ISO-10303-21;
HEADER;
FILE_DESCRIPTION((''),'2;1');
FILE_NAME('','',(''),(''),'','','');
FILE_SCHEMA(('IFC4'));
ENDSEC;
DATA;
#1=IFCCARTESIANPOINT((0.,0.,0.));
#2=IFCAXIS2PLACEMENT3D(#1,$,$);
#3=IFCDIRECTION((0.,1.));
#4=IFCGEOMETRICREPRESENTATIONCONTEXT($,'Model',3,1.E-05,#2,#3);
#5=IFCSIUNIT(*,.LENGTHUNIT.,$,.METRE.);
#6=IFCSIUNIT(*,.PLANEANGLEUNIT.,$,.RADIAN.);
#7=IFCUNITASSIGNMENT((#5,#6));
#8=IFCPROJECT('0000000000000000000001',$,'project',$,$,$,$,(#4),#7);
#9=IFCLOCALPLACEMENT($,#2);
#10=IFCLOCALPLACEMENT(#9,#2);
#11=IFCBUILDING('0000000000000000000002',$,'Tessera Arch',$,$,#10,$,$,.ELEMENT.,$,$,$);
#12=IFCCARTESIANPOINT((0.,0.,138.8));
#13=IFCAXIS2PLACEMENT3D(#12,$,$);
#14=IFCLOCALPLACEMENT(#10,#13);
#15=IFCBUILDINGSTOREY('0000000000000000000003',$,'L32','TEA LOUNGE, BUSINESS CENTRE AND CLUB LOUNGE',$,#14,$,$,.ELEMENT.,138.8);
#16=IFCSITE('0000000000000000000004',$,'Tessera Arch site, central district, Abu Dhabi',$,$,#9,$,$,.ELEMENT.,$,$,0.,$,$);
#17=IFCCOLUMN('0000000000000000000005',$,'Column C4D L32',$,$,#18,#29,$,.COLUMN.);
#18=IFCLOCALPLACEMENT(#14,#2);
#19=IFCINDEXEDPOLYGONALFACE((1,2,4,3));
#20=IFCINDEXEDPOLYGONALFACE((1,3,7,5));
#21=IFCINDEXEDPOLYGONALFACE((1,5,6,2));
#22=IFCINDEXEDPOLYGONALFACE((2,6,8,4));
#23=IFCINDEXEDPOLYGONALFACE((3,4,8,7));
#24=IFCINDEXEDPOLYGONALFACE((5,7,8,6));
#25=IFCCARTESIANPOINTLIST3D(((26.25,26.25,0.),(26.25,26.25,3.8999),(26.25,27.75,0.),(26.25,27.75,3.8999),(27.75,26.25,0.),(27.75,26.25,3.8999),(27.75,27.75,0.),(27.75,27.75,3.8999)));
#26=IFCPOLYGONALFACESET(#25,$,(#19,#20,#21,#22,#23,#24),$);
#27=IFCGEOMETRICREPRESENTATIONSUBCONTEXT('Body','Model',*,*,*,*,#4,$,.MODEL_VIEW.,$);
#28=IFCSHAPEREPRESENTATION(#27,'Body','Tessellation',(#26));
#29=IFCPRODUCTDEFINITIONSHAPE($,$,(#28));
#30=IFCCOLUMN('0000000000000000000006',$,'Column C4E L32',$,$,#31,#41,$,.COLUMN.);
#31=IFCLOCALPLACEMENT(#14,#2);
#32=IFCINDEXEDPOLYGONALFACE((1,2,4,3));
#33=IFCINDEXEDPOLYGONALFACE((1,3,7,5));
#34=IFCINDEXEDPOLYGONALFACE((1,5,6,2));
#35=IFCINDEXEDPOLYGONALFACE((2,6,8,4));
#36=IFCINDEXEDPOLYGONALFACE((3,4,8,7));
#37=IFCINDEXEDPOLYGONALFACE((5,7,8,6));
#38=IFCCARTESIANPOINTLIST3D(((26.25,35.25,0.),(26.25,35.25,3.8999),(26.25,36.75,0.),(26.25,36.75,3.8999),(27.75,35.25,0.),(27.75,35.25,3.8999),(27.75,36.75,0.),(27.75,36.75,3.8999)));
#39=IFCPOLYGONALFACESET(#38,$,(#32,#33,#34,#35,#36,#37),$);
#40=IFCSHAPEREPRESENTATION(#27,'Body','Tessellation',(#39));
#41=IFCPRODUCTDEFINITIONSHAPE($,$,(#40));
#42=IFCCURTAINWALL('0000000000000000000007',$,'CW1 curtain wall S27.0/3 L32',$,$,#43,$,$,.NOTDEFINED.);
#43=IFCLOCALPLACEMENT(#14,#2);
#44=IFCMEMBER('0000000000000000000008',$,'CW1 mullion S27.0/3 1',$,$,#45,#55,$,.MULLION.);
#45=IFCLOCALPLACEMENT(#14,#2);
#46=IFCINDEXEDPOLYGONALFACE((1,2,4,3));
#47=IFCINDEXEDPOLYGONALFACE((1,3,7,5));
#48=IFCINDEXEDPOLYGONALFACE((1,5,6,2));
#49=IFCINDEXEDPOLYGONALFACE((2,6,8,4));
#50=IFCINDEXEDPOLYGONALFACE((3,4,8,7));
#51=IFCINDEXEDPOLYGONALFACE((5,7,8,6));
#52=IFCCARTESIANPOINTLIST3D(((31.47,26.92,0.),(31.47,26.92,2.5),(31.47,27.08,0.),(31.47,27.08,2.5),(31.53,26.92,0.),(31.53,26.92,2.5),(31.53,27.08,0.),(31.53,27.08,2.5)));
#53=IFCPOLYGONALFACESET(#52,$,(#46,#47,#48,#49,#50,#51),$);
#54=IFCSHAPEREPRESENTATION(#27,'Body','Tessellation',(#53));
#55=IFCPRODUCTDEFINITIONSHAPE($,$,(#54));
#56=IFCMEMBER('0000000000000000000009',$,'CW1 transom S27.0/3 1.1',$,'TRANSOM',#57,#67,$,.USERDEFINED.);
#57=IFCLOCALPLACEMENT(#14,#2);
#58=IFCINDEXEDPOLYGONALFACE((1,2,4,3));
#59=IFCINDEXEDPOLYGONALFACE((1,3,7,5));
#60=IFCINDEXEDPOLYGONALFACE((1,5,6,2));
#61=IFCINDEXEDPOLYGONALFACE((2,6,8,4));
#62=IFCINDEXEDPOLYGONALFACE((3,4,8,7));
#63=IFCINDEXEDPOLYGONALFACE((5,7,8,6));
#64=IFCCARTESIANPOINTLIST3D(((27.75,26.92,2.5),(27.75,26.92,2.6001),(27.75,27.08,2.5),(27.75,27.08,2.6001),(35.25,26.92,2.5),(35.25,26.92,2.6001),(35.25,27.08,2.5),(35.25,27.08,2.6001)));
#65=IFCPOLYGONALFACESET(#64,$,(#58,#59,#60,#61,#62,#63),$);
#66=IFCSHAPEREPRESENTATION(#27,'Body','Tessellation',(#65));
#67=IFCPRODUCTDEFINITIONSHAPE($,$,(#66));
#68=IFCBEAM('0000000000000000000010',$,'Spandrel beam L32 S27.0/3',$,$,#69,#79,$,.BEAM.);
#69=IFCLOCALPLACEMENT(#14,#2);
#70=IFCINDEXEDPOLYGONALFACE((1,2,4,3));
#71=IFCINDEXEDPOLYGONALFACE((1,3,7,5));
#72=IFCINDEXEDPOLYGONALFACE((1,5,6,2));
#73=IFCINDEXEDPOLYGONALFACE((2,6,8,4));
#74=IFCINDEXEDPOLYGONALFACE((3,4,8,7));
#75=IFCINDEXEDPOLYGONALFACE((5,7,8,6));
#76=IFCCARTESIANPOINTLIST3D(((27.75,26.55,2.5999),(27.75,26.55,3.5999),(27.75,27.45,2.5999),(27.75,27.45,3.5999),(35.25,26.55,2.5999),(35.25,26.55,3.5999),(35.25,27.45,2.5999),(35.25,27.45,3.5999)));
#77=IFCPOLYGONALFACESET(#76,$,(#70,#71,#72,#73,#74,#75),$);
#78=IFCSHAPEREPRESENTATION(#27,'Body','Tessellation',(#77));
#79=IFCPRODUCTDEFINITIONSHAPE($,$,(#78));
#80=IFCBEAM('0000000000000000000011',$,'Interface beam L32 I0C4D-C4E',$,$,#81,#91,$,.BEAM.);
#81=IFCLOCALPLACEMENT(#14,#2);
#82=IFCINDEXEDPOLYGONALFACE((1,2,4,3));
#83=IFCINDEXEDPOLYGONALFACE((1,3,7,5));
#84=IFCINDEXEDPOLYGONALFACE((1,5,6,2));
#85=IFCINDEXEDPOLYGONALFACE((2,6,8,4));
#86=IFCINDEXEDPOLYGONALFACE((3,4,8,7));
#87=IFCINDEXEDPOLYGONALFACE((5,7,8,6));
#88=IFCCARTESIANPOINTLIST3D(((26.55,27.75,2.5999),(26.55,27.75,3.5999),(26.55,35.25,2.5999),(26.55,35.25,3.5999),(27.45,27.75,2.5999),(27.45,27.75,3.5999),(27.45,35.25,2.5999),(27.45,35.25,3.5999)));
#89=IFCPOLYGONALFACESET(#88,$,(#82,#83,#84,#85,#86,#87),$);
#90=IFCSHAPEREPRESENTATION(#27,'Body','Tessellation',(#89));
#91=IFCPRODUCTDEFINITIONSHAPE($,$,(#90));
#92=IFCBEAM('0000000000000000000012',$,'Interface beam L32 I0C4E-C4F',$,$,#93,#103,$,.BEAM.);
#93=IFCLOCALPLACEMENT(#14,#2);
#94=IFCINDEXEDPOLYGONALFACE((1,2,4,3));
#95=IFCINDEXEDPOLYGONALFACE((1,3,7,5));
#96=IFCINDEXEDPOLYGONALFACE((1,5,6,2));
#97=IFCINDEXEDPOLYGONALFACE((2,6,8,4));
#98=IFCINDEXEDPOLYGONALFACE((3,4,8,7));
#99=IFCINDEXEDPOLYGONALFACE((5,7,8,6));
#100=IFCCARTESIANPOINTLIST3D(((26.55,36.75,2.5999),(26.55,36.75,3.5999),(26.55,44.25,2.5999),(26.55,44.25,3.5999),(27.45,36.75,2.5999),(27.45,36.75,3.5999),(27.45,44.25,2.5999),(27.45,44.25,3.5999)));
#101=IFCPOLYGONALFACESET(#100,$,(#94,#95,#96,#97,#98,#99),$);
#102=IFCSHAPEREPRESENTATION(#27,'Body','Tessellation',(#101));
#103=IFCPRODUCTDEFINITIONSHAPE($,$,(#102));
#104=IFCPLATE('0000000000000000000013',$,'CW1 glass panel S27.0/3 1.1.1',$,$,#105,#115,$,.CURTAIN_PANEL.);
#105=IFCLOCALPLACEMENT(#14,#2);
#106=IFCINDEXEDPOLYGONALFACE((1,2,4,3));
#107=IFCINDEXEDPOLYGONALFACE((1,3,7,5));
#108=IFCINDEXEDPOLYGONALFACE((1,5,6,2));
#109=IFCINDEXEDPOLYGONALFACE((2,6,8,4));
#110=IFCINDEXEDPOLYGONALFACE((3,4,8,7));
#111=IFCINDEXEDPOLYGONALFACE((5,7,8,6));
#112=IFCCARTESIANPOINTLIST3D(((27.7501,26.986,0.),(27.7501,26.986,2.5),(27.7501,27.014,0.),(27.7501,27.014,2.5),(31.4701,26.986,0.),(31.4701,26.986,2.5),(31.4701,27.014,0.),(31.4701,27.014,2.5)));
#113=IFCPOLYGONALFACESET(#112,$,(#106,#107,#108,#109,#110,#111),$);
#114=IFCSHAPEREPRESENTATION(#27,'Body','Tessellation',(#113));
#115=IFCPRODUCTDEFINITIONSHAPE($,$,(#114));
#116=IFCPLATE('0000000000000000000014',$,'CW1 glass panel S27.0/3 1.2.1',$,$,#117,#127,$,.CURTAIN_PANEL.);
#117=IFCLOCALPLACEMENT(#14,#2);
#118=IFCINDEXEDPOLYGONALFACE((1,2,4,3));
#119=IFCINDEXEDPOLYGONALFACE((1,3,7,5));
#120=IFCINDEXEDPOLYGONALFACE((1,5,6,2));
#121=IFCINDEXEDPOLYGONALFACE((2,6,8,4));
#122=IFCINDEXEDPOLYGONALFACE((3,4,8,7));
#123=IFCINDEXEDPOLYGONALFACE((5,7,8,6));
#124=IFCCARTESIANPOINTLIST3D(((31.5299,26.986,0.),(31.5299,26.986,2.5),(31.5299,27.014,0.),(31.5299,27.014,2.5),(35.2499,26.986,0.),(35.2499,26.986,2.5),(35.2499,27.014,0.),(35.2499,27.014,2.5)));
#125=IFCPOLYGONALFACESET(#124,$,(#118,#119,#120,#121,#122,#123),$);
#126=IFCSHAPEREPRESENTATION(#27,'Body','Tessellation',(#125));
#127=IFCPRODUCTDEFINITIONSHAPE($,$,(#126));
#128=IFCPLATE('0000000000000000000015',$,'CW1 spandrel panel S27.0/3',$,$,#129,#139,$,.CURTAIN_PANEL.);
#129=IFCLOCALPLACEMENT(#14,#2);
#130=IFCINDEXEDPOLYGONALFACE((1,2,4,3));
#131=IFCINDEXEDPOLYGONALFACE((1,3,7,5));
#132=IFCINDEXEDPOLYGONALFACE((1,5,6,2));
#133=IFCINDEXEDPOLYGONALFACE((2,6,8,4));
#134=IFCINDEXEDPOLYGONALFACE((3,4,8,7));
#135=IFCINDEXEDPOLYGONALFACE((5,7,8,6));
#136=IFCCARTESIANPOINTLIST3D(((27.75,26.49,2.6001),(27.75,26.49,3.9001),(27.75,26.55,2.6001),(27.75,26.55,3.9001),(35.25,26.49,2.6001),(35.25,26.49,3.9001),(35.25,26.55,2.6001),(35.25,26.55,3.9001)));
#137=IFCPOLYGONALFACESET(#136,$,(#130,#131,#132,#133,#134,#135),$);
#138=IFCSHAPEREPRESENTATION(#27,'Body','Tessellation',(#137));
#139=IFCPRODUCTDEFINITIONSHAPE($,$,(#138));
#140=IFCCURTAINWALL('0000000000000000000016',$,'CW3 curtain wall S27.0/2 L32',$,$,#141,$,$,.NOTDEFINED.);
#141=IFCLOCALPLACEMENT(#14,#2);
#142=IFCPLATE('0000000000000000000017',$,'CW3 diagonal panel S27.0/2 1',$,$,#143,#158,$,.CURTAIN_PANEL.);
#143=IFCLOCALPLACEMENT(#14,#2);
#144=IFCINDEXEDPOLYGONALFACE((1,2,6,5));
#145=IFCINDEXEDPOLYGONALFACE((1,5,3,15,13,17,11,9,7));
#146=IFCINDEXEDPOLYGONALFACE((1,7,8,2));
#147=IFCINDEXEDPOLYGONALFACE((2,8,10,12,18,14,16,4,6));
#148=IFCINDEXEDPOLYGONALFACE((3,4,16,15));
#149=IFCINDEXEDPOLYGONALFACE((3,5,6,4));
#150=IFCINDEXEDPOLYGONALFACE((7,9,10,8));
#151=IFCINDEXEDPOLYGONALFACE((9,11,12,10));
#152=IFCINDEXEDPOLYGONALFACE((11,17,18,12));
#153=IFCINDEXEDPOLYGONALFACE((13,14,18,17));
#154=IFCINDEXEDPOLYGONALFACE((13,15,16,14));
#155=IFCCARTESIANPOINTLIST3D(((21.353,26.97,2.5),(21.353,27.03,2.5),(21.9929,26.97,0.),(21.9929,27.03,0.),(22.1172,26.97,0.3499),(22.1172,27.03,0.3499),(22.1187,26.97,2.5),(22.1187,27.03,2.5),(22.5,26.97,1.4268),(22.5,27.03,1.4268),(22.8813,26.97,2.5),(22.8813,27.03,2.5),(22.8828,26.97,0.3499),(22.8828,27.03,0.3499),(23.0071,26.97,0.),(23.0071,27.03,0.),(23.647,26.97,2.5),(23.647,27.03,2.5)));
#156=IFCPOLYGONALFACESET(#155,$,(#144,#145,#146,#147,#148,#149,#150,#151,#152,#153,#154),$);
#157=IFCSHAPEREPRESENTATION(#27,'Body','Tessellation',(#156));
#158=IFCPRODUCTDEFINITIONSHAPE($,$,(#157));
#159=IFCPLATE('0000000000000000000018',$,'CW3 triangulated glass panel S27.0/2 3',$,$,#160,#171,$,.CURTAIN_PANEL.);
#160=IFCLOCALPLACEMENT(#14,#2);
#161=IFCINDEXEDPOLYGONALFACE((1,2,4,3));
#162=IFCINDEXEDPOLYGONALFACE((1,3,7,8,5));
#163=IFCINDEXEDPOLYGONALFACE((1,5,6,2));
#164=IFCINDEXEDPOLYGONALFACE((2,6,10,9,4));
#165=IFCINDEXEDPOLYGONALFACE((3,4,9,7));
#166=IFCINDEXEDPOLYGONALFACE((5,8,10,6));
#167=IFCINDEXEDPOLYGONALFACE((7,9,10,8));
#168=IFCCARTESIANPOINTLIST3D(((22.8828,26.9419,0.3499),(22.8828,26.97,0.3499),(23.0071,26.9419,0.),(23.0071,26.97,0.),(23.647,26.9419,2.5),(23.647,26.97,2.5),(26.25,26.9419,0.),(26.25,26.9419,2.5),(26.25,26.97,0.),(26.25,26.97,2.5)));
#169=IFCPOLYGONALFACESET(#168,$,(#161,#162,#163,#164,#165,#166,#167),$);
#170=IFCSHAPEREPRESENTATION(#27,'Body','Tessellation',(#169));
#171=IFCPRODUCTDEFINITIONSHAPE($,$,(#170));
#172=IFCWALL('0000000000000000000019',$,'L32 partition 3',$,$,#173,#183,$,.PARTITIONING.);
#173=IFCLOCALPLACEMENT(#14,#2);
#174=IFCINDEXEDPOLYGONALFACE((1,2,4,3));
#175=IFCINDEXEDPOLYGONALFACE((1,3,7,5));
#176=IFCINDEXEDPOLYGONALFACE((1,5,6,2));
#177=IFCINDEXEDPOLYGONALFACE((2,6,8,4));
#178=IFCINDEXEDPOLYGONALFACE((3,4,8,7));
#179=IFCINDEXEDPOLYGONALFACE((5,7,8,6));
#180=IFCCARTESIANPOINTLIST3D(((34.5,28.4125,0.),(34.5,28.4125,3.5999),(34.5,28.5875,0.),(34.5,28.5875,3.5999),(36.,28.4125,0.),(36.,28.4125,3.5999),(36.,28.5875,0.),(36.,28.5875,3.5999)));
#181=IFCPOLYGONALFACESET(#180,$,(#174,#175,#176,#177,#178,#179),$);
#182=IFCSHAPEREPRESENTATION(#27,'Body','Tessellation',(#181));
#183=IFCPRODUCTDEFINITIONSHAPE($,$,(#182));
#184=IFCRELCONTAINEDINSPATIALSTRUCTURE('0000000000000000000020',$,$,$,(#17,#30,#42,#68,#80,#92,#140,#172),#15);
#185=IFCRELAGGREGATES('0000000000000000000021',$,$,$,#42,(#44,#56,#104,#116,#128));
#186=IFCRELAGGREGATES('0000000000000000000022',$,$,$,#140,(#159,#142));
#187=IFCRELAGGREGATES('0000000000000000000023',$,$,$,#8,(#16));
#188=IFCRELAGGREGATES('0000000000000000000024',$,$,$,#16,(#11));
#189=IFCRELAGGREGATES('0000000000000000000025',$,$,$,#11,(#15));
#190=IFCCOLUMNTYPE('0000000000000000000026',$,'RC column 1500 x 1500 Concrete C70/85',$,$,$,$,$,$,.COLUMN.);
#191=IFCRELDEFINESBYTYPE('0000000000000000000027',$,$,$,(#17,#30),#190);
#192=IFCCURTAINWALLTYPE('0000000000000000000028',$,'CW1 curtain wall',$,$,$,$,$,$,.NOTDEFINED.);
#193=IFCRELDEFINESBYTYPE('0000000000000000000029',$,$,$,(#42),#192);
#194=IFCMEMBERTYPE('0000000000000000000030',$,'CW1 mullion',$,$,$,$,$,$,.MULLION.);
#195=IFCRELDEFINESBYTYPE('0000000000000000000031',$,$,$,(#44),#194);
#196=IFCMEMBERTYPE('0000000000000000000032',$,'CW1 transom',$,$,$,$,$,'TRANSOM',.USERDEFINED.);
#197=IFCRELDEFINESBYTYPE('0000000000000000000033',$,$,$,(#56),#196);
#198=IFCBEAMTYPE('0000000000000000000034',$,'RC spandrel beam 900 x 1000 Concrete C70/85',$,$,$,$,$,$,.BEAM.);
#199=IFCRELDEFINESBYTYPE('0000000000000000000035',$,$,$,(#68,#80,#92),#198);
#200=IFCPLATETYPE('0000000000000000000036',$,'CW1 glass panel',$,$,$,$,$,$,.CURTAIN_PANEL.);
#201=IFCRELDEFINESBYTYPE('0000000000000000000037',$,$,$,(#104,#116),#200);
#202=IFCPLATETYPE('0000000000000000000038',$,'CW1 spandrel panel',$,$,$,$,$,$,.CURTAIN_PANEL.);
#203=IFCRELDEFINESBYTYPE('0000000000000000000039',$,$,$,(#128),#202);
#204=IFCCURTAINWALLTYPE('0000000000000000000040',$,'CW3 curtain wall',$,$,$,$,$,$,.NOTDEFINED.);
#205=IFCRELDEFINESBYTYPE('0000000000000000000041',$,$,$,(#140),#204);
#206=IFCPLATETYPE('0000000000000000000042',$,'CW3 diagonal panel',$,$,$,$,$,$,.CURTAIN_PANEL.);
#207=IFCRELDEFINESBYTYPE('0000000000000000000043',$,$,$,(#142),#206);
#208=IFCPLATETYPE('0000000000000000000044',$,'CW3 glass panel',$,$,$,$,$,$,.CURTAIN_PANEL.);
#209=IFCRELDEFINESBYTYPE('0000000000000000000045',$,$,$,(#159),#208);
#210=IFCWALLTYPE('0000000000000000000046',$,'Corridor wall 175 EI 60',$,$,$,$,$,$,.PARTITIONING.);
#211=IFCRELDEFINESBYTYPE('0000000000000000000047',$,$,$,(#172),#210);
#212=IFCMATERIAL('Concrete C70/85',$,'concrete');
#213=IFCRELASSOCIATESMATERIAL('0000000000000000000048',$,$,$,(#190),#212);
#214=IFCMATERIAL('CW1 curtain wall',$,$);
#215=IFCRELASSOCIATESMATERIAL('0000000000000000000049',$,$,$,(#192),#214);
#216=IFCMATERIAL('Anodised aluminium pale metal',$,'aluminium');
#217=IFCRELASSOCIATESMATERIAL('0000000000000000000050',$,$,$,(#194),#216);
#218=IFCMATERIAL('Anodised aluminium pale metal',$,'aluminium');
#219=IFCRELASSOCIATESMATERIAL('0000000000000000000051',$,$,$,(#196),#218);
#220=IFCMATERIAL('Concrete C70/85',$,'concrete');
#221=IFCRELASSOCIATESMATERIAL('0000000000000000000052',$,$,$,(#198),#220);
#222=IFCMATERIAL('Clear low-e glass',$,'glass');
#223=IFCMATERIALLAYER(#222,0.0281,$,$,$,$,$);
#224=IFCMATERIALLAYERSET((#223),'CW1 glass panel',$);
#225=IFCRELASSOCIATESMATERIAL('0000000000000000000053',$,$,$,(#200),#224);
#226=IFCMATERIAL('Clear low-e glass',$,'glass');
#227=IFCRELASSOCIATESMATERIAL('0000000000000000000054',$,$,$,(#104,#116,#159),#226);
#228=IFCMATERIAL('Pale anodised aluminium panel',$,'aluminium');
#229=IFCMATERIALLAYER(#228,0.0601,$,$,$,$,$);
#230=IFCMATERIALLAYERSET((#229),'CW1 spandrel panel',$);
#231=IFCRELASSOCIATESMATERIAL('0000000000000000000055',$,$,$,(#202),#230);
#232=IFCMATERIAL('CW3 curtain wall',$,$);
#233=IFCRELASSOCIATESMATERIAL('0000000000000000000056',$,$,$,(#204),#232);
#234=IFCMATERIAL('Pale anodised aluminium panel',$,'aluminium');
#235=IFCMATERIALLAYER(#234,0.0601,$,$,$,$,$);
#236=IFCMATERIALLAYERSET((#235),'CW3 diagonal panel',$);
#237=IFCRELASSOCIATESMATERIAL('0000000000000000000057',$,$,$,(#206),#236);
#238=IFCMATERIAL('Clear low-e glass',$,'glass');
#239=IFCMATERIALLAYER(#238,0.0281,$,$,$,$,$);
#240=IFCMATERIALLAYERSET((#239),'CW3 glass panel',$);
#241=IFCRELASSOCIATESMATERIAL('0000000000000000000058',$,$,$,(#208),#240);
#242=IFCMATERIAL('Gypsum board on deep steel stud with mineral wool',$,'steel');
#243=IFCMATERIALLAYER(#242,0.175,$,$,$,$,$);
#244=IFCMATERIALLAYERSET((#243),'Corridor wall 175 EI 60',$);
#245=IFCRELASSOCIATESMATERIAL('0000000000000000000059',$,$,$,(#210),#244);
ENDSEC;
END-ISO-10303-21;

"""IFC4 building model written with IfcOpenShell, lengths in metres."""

from ifc_helpers import new_model, si_unit, direction, frame, frame_2d, origin, origin_2d, place, context, subcontext, project, spatial, polyline, rectangle, outline, extrude, material, layer, layer_set, material_profile, profile_set, type_object, element, aggregate, save


model = new_model("IFC4")

# Units and contexts
model_context = context("Model", 3, precision=1e-05, world=origin(), true_north=direction((0.0, 1.0)))
body_context = subcontext(model_context, "Body", "Model", "MODEL_VIEW")
ifc_project = project(units=[si_unit("LENGTHUNIT", "METRE"), si_unit("PLANEANGLEUNIT", "RADIAN")], contexts=[model_context])

# Site, building, storey
site_placement = place(None, origin())
site = spatial("IfcSite", under=ifc_project, at=site_placement, Name="Tessera Arch site, central district, Abu Dhabi", CompositionType="ELEMENT", RefElevation=0.0)
building_placement = place(site_placement, origin())
building = spatial("IfcBuilding", under=site, at=building_placement, Name="Tessera Arch", CompositionType="ELEMENT")
storey_placement = place(building_placement, frame((0.0, 0.0, 138.8)))
storey = spatial("IfcBuildingStorey", under=building, at=storey_placement, Name="L32", Description="TEA LOUNGE, BUSINESS CENTRE AND CLUB LOUNGE", CompositionType="ELEMENT", Elevation=138.8)

# Columns
ifc_material_1 = material(Name="Concrete C70/85", Category="concrete")
ifc_material_profile_1 = material_profile(ifc_material_1, rectangle(XDim=1.5, YDim=1.5, at=origin_2d()), Name="RC column 1500 x 1500 Concrete C70/85")
ifc_profile_set_1 = profile_set([ifc_material_profile_1], Name="Concrete C70/85")
column_type = type_object("IfcColumnType", Name="RC column 1500 x 1500 Concrete C70/85", PredefinedType="COLUMN", material=ifc_profile_set_1)
for number, where, z_axis, x_axis, name in (
    (1, (27.0, 27.0, 0.0), (0.0, 0.0, 1.0), (1.0, 0.0, 0.0), "Column C4D L32"),
    (2, (27.0, 36.0, 0.0), (0.0, 0.0, 1.0), (1.0, 0.0, 0.0), "Column C4E L32"),
):
    element("IfcColumn", number, at=place(storey_placement, frame(where, z_axis=z_axis, x_axis=x_axis)), inside=storey, type_object=column_type, Name=name, PredefinedType="COLUMN", context=body_context, shape_type="SweptSolid", body=[
        extrude(rectangle(XDim=1.5, YDim=1.5, at=origin_2d()), origin(), (0.0, 0.0, 1.0), 3.8999),
    ])

# Curtain wall, members
ifc_material_2 = material(Name="CW1 curtain wall")
curtain_wall_type_1 = type_object("IfcCurtainWallType", Name="CW1 curtain wall", PredefinedType="NOTDEFINED", material=ifc_material_2)
curtain_wall_1_placement = place(storey_placement, origin())
curtain_wall_1 = element("IfcCurtainWall", 3, at=curtain_wall_1_placement, inside=storey, type_object=curtain_wall_type_1, Name="CW1 curtain wall S27.0/3 L32", PredefinedType="NOTDEFINED")
ifc_material_3 = material(Name="Anodised aluminium pale metal", Category="aluminium")
ifc_material_profile_2 = material_profile(ifc_material_3, rectangle(XDim=0.1599, YDim=0.0601, at=origin_2d()), Name="AL 60x160")
ifc_profile_set_2 = profile_set([ifc_material_profile_2], Name="Anodised aluminium pale metal")
member_type_1 = type_object("IfcMemberType", Name="CW1 mullion", PredefinedType="MULLION", material=ifc_profile_set_2)
member_1_placement = place(storey_placement, frame((31.5, 27.0, 0.0), z_axis=(0.0, 0.0, 1.0), x_axis=(0.0, 1.0, 0.0)))
member_1 = element("IfcMember", 4, at=member_1_placement, type_object=member_type_1, Name="CW1 mullion S27.0/3 1", PredefinedType="MULLION", context=body_context, shape_type="SweptSolid", body=[
    extrude(rectangle(XDim=0.1599, YDim=0.0601, at=origin_2d()), origin(), (0.0, 0.0, 1.0), 2.5),
])
ifc_material_4 = material(Name="Anodised aluminium pale metal", Category="aluminium")
ifc_material_profile_3 = material_profile(ifc_material_4, rectangle(XDim=0.1599, YDim=0.1001, at=origin_2d()), Name="AL 160x100")
ifc_profile_set_3 = profile_set([ifc_material_profile_3], Name="Anodised aluminium pale metal")
member_type_2 = type_object("IfcMemberType", Name="CW1 transom", ElementType="TRANSOM", PredefinedType="USERDEFINED", material=ifc_profile_set_3)
member_2_placement = place(storey_placement, frame((27.75, 27.0, 2.55), z_axis=(1.0, 0.0, 0.0), x_axis=(0.0, 1.0, 0.0)))
member_2 = element("IfcMember", 5, at=member_2_placement, type_object=member_type_2, Name="CW1 transom S27.0/3 1.1", ObjectType="TRANSOM", PredefinedType="USERDEFINED", context=body_context, shape_type="SweptSolid", body=[
    extrude(rectangle(XDim=0.1599, YDim=0.1001, at=origin_2d()), origin(), (0.0, 0.0, 1.0), 7.5),
])

# Beams
ifc_material_5 = material(Name="Concrete C70/85", Category="concrete")
ifc_material_profile_4 = material_profile(ifc_material_5, rectangle(XDim=0.8999, YDim=1.0, at=origin_2d()), Name="RC spandrel beam 900 x 1000 Concrete C70/85")
ifc_profile_set_4 = profile_set([ifc_material_profile_4], Name="Concrete C70/85")
beam_type = type_object("IfcBeamType", Name="RC spandrel beam 900 x 1000 Concrete C70/85", PredefinedType="BEAM", material=ifc_profile_set_4)
for number, where, z_axis, x_axis, name in (
    (6, (27.75, 27.0, 3.0999), (1.0, 0.0, 0.0), (0.0, 1.0, 0.0), "Spandrel beam L32 S27.0/3"),
    (7, (27.0, 27.75, 3.0999), (0.0, 1.0, 0.0), (-1.0, 0.0, 0.0), "Interface beam L32 I0C4D-C4E"),
    (8, (27.0, 36.75, 3.0999), (0.0, 1.0, 0.0), (-1.0, 0.0, 0.0), "Interface beam L32 I0C4E-C4F"),
):
    element("IfcBeam", number, at=place(storey_placement, frame(where, z_axis=z_axis, x_axis=x_axis)), inside=storey, type_object=beam_type, Name=name, PredefinedType="BEAM", context=body_context, shape_type="SweptSolid", body=[
        extrude(rectangle(XDim=0.8999, YDim=1.0, at=origin_2d()), origin(), (0.0, 0.0, 1.0), 7.5),
    ])

# Plates
ifc_material_6 = material(Name="Clear low-e glass", Category="glass")
ifc_material_7 = material(Name="Clear low-e glass", Category="glass")
ifc_layer_1 = layer(ifc_material_7, 0.0281)
ifc_layer_set_1 = layer_set([ifc_layer_1], Name="CW1 glass panel")
plate_type_1 = type_object("IfcPlateType", Name="CW1 glass panel", PredefinedType="CURTAIN_PANEL", material=ifc_layer_set_1)
plate_1_placement = place(storey_placement, frame((29.6101, 27.0, 0.0), z_axis=(0.0, 0.0, 1.0), x_axis=(1.0, 0.0, 0.0)))
plate_1 = element("IfcPlate", 9, at=plate_1_placement, type_object=plate_type_1, material=ifc_material_6, Name="CW1 glass panel S27.0/3 1.1.1", PredefinedType="CURTAIN_PANEL", context=body_context, shape_type="SweptSolid", body=[
    extrude(rectangle(XDim=3.72, YDim=0.0281, at=origin_2d()), origin(), (0.0, 0.0, 1.0), 2.5),
])
plate_2_placement = place(storey_placement, frame((33.3899, 27.0, 0.0), z_axis=(0.0, 0.0, 1.0), x_axis=(1.0, 0.0, 0.0)))
plate_2 = element("IfcPlate", 10, at=plate_2_placement, type_object=plate_type_1, material=ifc_material_6, Name="CW1 glass panel S27.0/3 1.2.1", PredefinedType="CURTAIN_PANEL", context=body_context, shape_type="SweptSolid", body=[
    extrude(rectangle(XDim=3.72, YDim=0.0281, at=origin_2d()), origin(), (0.0, 0.0, 1.0), 2.5),
])
ifc_material_8 = material(Name="Pale anodised aluminium panel", Category="aluminium")
ifc_layer_2 = layer(ifc_material_8, 0.0601)
ifc_layer_set_2 = layer_set([ifc_layer_2], Name="CW1 spandrel panel")
plate_type_2 = type_object("IfcPlateType", Name="CW1 spandrel panel", PredefinedType="CURTAIN_PANEL", material=ifc_layer_set_2)
plate_3_placement = place(storey_placement, frame((31.5, 26.52, 2.6001), z_axis=(0.0, 0.0, 1.0), x_axis=(1.0, 0.0, 0.0)))
plate_3 = element("IfcPlate", 11, at=plate_3_placement, type_object=plate_type_2, Name="CW1 spandrel panel S27.0/3", PredefinedType="CURTAIN_PANEL", context=body_context, shape_type="SweptSolid", body=[
    extrude(rectangle(XDim=7.5, YDim=0.0601, at=origin_2d()), origin(), (0.0, 0.0, 1.0), 1.3),
])
aggregate(curtain_wall_1, [member_1, member_2, plate_1, plate_2, plate_3])

# Curtain wall, plates
ifc_material_9 = material(Name="CW3 curtain wall")
curtain_wall_type_2 = type_object("IfcCurtainWallType", Name="CW3 curtain wall", PredefinedType="NOTDEFINED", material=ifc_material_9)
curtain_wall_2_placement = place(storey_placement, origin())
curtain_wall_2 = element("IfcCurtainWall", 12, at=curtain_wall_2_placement, inside=storey, type_object=curtain_wall_type_2, Name="CW3 curtain wall S27.0/2 L32", PredefinedType="NOTDEFINED")
ifc_material_10 = material(Name="Pale anodised aluminium panel", Category="aluminium")
ifc_layer_3 = layer(ifc_material_10, 0.0601)
ifc_layer_set_3 = layer_set([ifc_layer_3], Name="CW3 diagonal panel")
plate_type_3 = type_object("IfcPlateType", Name="CW3 diagonal panel", PredefinedType="CURTAIN_PANEL", material=ifc_layer_set_3)
plate_4_placement = place(storey_placement, frame((23.647, 26.97, 2.5), z_axis=(0.0, -1.0, 0.0), x_axis=(-1.0, 0.0, 0.0)))
plate_4 = element("IfcPlate", 13, at=plate_4_placement, type_object=plate_type_3, Name="CW3 diagonal panel S27.0/2 1", PredefinedType="CURTAIN_PANEL", context=body_context, shape_type="SweptSolid", body=[
    extrude(outline(polyline([(0.0, 0.0), (0.7656, 0.0), (1.147, 1.0732), (1.5283, 0.0), (2.2939, 0.0), (1.5298, 2.1501), (1.6541, 2.5), (0.6399, 2.5), (0.7642, 2.1501), (0.0, 0.0)])), origin(), (0.0, 0.0, -1.0), 0.0601),
])
ifc_material_11 = material(Name="Clear low-e glass", Category="glass")
ifc_layer_4 = layer(ifc_material_11, 0.0281)
ifc_layer_set_4 = layer_set([ifc_layer_4], Name="CW3 glass panel")
plate_type_4 = type_object("IfcPlateType", Name="CW3 glass panel", PredefinedType="CURTAIN_PANEL", material=ifc_layer_set_4)
plate_5_placement = place(storey_placement, frame((26.25, 26.9419, 2.5), z_axis=(0.0, -1.0, 0.0), x_axis=(-1.0, 0.0, 0.0)))
plate_5 = element("IfcPlate", 14, at=plate_5_placement, type_object=plate_type_4, material=ifc_material_6, Name="CW3 triangulated glass panel S27.0/2 3", PredefinedType="CURTAIN_PANEL", context=body_context, shape_type="SweptSolid", body=[
    extrude(outline(polyline([(0.0, 0.0), (2.603, 0.0), (3.3672, 2.1501), (3.2429, 2.5), (0.0, 2.5), (0.0, 0.0)])), origin(), (0.0, 0.0, -1.0), 0.0281),
])
aggregate(curtain_wall_2, [plate_5, plate_4])

# Wall
ifc_material_12 = material(Name="Gypsum board on deep steel stud with mineral wool", Category="steel")
ifc_layer_5 = layer(ifc_material_12, 0.175)
ifc_layer_set_5 = layer_set([ifc_layer_5], Name="Corridor wall 175 EI 60")
wall_type_1 = type_object("IfcWallType", Name="Corridor wall 175 EI 60", PredefinedType="PARTITIONING", material=ifc_layer_set_5)
wall_1_placement = place(storey_placement, frame((34.5, 28.5, 0.0), z_axis=(0.0, 0.0, 1.0), x_axis=(1.0, 0.0, 0.0)))
element("IfcWall", 15, at=wall_1_placement, inside=storey, type_object=wall_type_1, Name="L32 partition 3", PredefinedType="PARTITIONING", context=body_context, shape_type="SweptSolid", body=[
    extrude(rectangle(XDim=1.5, YDim=0.175, at=frame_2d((0.75, 0.0))), origin(), (0.0, 0.0, 1.0), 3.5999),
])

save(model, "model.ifc")
